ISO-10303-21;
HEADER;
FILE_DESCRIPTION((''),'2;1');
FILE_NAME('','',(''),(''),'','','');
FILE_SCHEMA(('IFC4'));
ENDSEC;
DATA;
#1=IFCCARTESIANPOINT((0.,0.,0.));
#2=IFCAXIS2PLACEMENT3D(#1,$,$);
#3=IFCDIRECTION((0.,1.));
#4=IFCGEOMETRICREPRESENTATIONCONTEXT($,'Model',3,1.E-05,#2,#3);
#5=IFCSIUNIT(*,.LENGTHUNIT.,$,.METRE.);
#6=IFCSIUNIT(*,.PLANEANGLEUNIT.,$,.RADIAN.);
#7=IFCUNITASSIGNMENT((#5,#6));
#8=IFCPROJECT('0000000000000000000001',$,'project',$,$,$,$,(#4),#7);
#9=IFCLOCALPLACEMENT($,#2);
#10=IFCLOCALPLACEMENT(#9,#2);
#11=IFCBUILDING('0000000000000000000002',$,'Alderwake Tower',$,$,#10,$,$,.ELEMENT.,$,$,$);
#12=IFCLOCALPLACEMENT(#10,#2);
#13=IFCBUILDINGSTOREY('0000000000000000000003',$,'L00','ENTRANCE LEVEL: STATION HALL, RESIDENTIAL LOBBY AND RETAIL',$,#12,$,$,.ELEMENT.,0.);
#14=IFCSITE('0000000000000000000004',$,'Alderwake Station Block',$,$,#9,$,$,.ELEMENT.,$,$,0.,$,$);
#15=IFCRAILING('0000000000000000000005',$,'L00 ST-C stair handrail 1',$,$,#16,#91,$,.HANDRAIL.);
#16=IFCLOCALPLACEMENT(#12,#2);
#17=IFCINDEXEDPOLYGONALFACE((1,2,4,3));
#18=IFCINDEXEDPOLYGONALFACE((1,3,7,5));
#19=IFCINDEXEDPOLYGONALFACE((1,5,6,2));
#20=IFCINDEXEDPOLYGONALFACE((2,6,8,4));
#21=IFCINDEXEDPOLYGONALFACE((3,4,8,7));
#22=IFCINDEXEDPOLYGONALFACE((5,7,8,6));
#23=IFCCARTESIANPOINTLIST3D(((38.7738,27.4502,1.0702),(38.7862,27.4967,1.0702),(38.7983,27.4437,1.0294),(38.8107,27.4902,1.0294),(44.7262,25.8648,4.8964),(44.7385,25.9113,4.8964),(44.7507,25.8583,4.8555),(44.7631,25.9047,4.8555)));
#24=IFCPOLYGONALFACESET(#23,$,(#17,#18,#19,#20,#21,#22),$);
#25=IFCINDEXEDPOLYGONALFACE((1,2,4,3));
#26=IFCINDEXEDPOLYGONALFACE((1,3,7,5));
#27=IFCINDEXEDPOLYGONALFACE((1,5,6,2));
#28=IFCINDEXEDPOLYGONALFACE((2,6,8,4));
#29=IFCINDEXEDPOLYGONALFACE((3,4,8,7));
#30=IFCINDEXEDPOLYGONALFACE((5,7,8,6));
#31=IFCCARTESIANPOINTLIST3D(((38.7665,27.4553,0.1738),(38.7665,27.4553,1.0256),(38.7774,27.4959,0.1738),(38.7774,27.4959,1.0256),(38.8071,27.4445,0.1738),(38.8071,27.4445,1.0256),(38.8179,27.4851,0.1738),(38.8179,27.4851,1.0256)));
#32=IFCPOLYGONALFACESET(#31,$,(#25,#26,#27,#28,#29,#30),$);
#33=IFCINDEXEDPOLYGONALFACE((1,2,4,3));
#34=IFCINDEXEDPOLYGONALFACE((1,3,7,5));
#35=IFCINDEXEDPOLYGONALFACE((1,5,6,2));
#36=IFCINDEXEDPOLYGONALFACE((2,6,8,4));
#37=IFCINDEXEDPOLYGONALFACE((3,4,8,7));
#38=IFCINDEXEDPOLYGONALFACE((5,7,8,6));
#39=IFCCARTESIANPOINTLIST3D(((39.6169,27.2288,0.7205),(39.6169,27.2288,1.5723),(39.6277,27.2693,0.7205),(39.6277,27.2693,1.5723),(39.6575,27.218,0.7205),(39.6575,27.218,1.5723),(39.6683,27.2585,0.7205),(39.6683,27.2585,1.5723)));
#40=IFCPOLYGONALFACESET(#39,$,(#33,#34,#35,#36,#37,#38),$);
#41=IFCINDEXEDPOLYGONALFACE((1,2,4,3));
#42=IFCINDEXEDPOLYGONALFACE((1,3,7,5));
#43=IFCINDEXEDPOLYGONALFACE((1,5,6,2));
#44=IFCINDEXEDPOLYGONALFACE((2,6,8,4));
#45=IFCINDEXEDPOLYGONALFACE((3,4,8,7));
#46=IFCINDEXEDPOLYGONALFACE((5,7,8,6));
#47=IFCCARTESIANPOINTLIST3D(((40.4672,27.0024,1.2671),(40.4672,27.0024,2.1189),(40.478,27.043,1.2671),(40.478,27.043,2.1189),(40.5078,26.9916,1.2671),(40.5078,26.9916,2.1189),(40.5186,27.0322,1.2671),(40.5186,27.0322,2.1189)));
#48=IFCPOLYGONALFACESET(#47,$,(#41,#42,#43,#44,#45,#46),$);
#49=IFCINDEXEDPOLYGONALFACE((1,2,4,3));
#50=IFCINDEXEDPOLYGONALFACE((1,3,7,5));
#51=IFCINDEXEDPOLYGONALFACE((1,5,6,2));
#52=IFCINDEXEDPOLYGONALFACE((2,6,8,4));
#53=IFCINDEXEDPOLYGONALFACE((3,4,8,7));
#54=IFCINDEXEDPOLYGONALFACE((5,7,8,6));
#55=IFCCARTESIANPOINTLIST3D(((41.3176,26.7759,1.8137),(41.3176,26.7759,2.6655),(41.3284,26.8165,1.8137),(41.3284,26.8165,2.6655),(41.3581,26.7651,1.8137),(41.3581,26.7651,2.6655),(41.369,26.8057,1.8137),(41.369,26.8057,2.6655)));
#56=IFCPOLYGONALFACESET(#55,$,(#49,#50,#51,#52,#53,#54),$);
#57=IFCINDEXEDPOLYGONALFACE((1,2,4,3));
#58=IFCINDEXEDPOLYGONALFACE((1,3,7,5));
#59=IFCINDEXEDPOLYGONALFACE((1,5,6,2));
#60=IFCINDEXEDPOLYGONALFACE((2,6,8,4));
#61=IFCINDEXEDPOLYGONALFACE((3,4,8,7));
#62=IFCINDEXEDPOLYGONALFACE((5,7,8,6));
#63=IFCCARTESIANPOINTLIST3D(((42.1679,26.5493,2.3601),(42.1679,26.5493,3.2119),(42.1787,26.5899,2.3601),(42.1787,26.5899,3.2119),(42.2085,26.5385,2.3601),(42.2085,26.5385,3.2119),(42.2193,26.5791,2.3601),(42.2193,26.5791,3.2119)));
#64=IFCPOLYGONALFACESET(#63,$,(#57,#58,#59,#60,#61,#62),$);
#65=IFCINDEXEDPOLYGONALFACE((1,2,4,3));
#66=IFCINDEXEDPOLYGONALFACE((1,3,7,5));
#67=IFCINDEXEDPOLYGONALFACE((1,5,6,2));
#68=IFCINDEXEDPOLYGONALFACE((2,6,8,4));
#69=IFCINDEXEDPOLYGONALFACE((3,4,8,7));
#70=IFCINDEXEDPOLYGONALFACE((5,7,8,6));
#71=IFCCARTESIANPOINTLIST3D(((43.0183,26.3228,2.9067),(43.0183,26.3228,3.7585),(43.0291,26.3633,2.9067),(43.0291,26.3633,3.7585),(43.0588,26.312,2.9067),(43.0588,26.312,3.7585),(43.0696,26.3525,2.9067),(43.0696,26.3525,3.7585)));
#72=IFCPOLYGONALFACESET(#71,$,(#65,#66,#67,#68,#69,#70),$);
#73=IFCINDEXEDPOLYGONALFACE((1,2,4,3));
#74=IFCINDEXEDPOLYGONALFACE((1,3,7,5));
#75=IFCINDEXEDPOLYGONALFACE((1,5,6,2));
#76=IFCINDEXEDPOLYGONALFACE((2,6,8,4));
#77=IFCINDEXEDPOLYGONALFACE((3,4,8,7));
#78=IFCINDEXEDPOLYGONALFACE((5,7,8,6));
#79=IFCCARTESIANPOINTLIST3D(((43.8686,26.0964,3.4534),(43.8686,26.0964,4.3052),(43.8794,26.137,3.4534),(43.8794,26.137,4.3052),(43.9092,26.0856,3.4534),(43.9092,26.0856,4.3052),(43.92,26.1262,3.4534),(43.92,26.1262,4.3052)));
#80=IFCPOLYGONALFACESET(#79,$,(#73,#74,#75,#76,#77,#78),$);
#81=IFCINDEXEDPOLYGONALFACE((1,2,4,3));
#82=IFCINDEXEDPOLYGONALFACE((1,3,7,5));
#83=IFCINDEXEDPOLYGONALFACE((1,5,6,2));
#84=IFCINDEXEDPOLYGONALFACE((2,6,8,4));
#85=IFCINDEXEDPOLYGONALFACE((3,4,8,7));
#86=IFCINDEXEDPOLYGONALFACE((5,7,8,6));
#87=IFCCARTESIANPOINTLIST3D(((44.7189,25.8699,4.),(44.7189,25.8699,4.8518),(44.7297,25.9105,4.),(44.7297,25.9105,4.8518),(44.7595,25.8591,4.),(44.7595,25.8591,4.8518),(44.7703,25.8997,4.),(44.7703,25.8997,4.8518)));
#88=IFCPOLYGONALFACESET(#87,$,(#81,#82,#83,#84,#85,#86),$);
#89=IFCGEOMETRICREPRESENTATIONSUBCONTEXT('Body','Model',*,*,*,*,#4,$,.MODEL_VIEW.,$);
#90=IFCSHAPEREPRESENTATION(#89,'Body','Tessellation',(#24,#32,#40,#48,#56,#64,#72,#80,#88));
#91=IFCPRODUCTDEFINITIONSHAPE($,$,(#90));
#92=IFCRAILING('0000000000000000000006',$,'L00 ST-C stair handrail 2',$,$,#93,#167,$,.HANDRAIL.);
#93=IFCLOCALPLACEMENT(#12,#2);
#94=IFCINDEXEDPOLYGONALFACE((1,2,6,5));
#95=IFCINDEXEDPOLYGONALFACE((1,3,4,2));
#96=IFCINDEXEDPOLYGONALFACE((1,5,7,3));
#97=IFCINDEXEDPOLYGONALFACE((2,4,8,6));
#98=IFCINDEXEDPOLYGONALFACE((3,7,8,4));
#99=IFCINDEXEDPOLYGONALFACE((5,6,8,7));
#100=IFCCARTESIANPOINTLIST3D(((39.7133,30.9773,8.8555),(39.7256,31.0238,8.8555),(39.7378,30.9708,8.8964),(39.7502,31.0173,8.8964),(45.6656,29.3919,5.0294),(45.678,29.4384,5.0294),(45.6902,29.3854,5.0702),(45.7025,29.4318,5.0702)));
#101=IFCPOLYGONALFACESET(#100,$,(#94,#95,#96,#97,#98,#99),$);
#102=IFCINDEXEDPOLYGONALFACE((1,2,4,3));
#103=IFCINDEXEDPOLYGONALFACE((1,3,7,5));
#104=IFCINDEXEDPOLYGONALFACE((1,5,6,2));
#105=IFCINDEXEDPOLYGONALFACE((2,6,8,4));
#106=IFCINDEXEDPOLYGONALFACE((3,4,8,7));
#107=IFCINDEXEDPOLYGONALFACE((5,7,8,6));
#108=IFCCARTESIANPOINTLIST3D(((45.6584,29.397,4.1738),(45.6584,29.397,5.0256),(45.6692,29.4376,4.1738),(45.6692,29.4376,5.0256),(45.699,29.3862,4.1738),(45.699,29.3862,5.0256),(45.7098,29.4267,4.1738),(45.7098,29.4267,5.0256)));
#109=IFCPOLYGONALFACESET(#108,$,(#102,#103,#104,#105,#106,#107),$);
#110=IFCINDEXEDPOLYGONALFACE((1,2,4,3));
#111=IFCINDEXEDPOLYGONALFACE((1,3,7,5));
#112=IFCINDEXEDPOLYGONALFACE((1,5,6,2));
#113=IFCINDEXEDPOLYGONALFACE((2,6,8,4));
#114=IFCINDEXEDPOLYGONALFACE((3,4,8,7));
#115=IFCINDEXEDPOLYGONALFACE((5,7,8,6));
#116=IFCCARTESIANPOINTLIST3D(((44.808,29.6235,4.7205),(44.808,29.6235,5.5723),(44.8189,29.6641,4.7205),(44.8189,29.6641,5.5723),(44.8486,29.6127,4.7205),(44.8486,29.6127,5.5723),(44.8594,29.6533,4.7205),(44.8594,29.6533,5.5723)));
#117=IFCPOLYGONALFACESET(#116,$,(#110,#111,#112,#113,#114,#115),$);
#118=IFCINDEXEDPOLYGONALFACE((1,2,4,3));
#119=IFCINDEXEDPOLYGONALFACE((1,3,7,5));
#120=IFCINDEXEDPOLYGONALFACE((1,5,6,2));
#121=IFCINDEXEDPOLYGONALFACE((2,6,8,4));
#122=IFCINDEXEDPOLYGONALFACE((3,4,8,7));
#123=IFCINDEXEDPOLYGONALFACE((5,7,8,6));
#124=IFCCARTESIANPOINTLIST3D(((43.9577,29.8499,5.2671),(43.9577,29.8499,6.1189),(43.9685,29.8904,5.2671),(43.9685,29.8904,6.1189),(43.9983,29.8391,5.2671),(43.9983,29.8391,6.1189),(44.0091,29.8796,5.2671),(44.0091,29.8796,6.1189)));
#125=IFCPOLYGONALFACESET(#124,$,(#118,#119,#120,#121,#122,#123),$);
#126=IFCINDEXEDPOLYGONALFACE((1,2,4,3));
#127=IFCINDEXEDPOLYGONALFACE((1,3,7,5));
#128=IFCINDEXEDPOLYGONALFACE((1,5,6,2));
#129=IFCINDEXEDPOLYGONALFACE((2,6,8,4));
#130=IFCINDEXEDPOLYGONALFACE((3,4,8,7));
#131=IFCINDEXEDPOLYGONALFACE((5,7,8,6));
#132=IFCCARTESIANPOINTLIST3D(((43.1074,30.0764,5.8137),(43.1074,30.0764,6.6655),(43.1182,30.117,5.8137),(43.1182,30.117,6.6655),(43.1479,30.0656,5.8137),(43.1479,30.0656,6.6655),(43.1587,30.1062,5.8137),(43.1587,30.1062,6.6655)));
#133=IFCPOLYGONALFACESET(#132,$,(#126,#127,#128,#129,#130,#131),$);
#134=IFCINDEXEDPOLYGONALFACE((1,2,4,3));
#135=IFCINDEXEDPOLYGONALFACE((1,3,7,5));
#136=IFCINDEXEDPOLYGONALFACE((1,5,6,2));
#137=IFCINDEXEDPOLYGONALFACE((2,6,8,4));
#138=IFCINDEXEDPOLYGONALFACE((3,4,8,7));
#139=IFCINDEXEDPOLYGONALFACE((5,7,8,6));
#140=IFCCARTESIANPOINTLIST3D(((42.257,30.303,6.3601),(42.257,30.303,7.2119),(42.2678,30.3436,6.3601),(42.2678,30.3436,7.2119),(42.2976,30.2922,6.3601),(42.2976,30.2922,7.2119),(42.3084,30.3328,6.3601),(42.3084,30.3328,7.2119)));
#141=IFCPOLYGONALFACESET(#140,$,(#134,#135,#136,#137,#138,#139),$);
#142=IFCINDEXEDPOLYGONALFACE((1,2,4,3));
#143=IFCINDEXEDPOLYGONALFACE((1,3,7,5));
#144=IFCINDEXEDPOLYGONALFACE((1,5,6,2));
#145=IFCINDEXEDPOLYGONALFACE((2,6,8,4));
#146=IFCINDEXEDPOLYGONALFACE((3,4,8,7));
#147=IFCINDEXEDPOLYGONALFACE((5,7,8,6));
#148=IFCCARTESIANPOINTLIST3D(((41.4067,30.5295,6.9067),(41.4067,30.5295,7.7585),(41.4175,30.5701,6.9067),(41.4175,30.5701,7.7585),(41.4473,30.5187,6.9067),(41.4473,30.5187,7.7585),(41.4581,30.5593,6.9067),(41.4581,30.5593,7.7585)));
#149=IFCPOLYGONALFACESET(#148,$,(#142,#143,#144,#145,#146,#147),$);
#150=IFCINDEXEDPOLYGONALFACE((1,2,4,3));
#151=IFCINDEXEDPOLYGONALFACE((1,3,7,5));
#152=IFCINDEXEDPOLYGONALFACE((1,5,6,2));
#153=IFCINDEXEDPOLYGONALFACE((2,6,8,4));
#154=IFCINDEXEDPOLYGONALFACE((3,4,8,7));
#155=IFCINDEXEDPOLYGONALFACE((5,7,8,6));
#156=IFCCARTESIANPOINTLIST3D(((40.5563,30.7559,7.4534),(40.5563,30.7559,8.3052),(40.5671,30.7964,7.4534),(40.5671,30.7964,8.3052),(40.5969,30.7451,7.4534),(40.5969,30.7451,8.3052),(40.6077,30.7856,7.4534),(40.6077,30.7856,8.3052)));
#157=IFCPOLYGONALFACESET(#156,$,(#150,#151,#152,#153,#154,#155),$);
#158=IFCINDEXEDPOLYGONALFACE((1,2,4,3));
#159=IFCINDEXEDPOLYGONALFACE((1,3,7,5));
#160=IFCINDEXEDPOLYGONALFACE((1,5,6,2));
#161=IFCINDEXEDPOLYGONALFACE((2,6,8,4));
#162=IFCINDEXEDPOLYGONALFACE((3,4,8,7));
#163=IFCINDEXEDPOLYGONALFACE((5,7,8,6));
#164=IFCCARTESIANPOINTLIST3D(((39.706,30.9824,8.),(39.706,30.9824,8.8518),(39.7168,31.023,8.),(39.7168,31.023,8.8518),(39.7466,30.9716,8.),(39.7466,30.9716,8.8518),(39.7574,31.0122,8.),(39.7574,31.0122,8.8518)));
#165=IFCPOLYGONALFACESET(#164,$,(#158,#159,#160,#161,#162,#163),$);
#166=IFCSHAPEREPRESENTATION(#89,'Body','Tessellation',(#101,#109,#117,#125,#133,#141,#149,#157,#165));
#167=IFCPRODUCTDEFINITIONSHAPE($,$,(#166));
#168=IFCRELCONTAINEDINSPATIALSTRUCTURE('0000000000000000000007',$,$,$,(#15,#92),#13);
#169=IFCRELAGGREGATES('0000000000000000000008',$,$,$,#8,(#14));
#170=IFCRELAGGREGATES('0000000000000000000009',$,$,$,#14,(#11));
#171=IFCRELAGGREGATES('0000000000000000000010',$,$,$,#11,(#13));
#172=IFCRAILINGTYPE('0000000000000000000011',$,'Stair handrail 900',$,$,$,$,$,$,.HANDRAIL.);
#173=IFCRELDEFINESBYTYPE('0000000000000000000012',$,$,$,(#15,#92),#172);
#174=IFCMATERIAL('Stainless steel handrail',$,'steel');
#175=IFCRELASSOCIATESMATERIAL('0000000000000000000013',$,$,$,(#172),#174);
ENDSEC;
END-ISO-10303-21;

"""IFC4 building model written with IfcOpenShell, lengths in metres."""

from ifc_helpers import new_model, si_unit, direction, frame, origin, origin_2d, place, context, subcontext, project, spatial, rectangle, extrude, material, type_object, element, save


model = new_model("IFC4")

# Units and contexts
model_context = context("Model", 3, precision=1e-05, world=origin(), true_north=direction((0.0, 1.0)))
body_context = subcontext(model_context, "Body", "Model", "MODEL_VIEW")
ifc_project = project(units=[si_unit("LENGTHUNIT", "METRE"), si_unit("PLANEANGLEUNIT", "RADIAN")], contexts=[model_context])

# Site, building, storey
site_placement = place(None, origin())
site = spatial("IfcSite", under=ifc_project, at=site_placement, Name="Alderwake Station Block", CompositionType="ELEMENT", RefElevation=0.0)
building_placement = place(site_placement, origin())
building = spatial("IfcBuilding", under=site, at=building_placement, Name="Alderwake Tower", CompositionType="ELEMENT")
storey_placement = place(building_placement, origin())
storey = spatial("IfcBuildingStorey", under=building, at=storey_placement, Name="L00", Description="ENTRANCE LEVEL: STATION HALL, RESIDENTIAL LOBBY AND RETAIL", CompositionType="ELEMENT", Elevation=0.0)

# Railings
ifc_material_1 = material(Name="Stainless steel handrail", Category="steel")
railing_type_1 = type_object("IfcRailingType", Name="Stair handrail 900", PredefinedType="HANDRAIL", material=ifc_material_1)
railing_1_placement = place(storey_placement, frame((38.7922, 27.4702, 0.1738)))
element("IfcRailing", 1, at=railing_1_placement, inside=storey, type_object=railing_type_1, Name="L00 ST-C stair handrail 1", PredefinedType="HANDRAIL", context=body_context, shape_type="SweptSolid", body=[
    extrude(rectangle(XDim=0.0481, YDim=0.0481, at=origin_2d()), frame((0.0, 0.0, 0.876), z_axis=(0.82085, -0.218637, 0.527639), x_axis=(0.257381, 0.96631, 0.0)), (0.0, 0.0, 1.0), 7.2515),
    extrude(rectangle(XDim=0.042, YDim=0.042, at=origin_2d()), frame((0.0, 0.0, 0.0), z_axis=(0.0, 0.0, 1.0), x_axis=(0.96631, -0.257381, 0.0)), (0.0, 0.0, 1.0), 0.8518),
    extrude(rectangle(XDim=0.042, YDim=0.042, at=origin_2d()), frame((0.8503, -0.2266, 0.5466), z_axis=(0.0, 0.0, 1.0), x_axis=(0.96631, -0.257381, 0.0)), (0.0, 0.0, 1.0), 0.8518),
    extrude(rectangle(XDim=0.042, YDim=0.042, at=origin_2d()), frame((1.7007, -0.4529, 1.0933), z_axis=(0.0, 0.0, 1.0), x_axis=(0.96631, -0.257381, 0.0)), (0.0, 0.0, 1.0), 0.8518),
    extrude(rectangle(XDim=0.042, YDim=0.042, at=origin_2d()), frame((2.551, -0.6794, 1.6399), z_axis=(0.0, 0.0, 1.0), x_axis=(0.96631, -0.257381, 0.0)), (0.0, 0.0, 1.0), 0.8518),
    extrude(rectangle(XDim=0.042, YDim=0.042, at=origin_2d()), frame((3.4014, -0.906, 2.1863), z_axis=(0.0, 0.0, 1.0), x_axis=(0.96631, -0.257381, 0.0)), (0.0, 0.0, 1.0), 0.8518),
    extrude(rectangle(XDim=0.042, YDim=0.042, at=origin_2d()), frame((4.2517, -1.1326, 2.7329), z_axis=(0.0, 0.0, 1.0), x_axis=(0.96631, -0.257381, 0.0)), (0.0, 0.0, 1.0), 0.8518),
    extrude(rectangle(XDim=0.042, YDim=0.042, at=origin_2d()), frame((5.1021, -1.3589, 3.2795), z_axis=(0.0, 0.0, 1.0), x_axis=(0.96631, -0.257381, 0.0)), (0.0, 0.0, 1.0), 0.8518),
    extrude(rectangle(XDim=0.042, YDim=0.042, at=origin_2d()), frame((5.9524, -1.5854, 3.8262), z_axis=(0.0, 0.0, 1.0), x_axis=(0.96631, -0.257381, 0.0)), (0.0, 0.0, 1.0), 0.8518),
])
railing_2_placement = place(storey_placement, frame((45.6841, 29.4119, 4.1738)))
element("IfcRailing", 2, at=railing_2_placement, inside=storey, type_object=railing_type_1, Name="L00 ST-C stair handrail 2", PredefinedType="HANDRAIL", context=body_context, shape_type="SweptSolid", body=[
    extrude(rectangle(XDim=0.0481, YDim=0.0481, at=origin_2d()), frame((0.0, 0.0, 0.876), z_axis=(-0.82085, 0.218637, 0.527639), x_axis=(-0.257381, -0.96631, 0.0)), (0.0, 0.0, 1.0), 7.2515),
    extrude(rectangle(XDim=0.042, YDim=0.042, at=origin_2d()), frame((0.0, 0.0, 0.0), z_axis=(0.0, 0.0, 1.0), x_axis=(-0.96631, 0.257381, 0.0)), (0.0, 0.0, 1.0), 0.8518),
    extrude(rectangle(XDim=0.042, YDim=0.042, at=origin_2d()), frame((-0.8503, 0.2266, 0.5466), z_axis=(0.0, 0.0, 1.0), x_axis=(-0.96631, 0.257381, 0.0)), (0.0, 0.0, 1.0), 0.8518),
    extrude(rectangle(XDim=0.042, YDim=0.042, at=origin_2d()), frame((-1.7007, 0.4529, 1.0933), z_axis=(0.0, 0.0, 1.0), x_axis=(-0.96631, 0.257381, 0.0)), (0.0, 0.0, 1.0), 0.8518),
    extrude(rectangle(XDim=0.042, YDim=0.042, at=origin_2d()), frame((-2.551, 0.6794, 1.6399), z_axis=(0.0, 0.0, 1.0), x_axis=(-0.96631, 0.257381, 0.0)), (0.0, 0.0, 1.0), 0.8518),
    extrude(rectangle(XDim=0.042, YDim=0.042, at=origin_2d()), frame((-3.4014, 0.906, 2.1863), z_axis=(0.0, 0.0, 1.0), x_axis=(-0.96631, 0.257381, 0.0)), (0.0, 0.0, 1.0), 0.8518),
    extrude(rectangle(XDim=0.042, YDim=0.042, at=origin_2d()), frame((-4.2517, 1.1326, 2.7329), z_axis=(0.0, 0.0, 1.0), x_axis=(-0.96631, 0.257381, 0.0)), (0.0, 0.0, 1.0), 0.8518),
    extrude(rectangle(XDim=0.042, YDim=0.042, at=origin_2d()), frame((-5.1021, 1.3589, 3.2795), z_axis=(0.0, 0.0, 1.0), x_axis=(-0.96631, 0.257381, 0.0)), (0.0, 0.0, 1.0), 0.8518),
    extrude(rectangle(XDim=0.042, YDim=0.042, at=origin_2d()), frame((-5.9524, 1.5854, 3.8262), z_axis=(0.0, 0.0, 1.0), x_axis=(-0.96631, 0.257381, 0.0)), (0.0, 0.0, 1.0), 0.8518),
])

save(model, "model.ifc")
